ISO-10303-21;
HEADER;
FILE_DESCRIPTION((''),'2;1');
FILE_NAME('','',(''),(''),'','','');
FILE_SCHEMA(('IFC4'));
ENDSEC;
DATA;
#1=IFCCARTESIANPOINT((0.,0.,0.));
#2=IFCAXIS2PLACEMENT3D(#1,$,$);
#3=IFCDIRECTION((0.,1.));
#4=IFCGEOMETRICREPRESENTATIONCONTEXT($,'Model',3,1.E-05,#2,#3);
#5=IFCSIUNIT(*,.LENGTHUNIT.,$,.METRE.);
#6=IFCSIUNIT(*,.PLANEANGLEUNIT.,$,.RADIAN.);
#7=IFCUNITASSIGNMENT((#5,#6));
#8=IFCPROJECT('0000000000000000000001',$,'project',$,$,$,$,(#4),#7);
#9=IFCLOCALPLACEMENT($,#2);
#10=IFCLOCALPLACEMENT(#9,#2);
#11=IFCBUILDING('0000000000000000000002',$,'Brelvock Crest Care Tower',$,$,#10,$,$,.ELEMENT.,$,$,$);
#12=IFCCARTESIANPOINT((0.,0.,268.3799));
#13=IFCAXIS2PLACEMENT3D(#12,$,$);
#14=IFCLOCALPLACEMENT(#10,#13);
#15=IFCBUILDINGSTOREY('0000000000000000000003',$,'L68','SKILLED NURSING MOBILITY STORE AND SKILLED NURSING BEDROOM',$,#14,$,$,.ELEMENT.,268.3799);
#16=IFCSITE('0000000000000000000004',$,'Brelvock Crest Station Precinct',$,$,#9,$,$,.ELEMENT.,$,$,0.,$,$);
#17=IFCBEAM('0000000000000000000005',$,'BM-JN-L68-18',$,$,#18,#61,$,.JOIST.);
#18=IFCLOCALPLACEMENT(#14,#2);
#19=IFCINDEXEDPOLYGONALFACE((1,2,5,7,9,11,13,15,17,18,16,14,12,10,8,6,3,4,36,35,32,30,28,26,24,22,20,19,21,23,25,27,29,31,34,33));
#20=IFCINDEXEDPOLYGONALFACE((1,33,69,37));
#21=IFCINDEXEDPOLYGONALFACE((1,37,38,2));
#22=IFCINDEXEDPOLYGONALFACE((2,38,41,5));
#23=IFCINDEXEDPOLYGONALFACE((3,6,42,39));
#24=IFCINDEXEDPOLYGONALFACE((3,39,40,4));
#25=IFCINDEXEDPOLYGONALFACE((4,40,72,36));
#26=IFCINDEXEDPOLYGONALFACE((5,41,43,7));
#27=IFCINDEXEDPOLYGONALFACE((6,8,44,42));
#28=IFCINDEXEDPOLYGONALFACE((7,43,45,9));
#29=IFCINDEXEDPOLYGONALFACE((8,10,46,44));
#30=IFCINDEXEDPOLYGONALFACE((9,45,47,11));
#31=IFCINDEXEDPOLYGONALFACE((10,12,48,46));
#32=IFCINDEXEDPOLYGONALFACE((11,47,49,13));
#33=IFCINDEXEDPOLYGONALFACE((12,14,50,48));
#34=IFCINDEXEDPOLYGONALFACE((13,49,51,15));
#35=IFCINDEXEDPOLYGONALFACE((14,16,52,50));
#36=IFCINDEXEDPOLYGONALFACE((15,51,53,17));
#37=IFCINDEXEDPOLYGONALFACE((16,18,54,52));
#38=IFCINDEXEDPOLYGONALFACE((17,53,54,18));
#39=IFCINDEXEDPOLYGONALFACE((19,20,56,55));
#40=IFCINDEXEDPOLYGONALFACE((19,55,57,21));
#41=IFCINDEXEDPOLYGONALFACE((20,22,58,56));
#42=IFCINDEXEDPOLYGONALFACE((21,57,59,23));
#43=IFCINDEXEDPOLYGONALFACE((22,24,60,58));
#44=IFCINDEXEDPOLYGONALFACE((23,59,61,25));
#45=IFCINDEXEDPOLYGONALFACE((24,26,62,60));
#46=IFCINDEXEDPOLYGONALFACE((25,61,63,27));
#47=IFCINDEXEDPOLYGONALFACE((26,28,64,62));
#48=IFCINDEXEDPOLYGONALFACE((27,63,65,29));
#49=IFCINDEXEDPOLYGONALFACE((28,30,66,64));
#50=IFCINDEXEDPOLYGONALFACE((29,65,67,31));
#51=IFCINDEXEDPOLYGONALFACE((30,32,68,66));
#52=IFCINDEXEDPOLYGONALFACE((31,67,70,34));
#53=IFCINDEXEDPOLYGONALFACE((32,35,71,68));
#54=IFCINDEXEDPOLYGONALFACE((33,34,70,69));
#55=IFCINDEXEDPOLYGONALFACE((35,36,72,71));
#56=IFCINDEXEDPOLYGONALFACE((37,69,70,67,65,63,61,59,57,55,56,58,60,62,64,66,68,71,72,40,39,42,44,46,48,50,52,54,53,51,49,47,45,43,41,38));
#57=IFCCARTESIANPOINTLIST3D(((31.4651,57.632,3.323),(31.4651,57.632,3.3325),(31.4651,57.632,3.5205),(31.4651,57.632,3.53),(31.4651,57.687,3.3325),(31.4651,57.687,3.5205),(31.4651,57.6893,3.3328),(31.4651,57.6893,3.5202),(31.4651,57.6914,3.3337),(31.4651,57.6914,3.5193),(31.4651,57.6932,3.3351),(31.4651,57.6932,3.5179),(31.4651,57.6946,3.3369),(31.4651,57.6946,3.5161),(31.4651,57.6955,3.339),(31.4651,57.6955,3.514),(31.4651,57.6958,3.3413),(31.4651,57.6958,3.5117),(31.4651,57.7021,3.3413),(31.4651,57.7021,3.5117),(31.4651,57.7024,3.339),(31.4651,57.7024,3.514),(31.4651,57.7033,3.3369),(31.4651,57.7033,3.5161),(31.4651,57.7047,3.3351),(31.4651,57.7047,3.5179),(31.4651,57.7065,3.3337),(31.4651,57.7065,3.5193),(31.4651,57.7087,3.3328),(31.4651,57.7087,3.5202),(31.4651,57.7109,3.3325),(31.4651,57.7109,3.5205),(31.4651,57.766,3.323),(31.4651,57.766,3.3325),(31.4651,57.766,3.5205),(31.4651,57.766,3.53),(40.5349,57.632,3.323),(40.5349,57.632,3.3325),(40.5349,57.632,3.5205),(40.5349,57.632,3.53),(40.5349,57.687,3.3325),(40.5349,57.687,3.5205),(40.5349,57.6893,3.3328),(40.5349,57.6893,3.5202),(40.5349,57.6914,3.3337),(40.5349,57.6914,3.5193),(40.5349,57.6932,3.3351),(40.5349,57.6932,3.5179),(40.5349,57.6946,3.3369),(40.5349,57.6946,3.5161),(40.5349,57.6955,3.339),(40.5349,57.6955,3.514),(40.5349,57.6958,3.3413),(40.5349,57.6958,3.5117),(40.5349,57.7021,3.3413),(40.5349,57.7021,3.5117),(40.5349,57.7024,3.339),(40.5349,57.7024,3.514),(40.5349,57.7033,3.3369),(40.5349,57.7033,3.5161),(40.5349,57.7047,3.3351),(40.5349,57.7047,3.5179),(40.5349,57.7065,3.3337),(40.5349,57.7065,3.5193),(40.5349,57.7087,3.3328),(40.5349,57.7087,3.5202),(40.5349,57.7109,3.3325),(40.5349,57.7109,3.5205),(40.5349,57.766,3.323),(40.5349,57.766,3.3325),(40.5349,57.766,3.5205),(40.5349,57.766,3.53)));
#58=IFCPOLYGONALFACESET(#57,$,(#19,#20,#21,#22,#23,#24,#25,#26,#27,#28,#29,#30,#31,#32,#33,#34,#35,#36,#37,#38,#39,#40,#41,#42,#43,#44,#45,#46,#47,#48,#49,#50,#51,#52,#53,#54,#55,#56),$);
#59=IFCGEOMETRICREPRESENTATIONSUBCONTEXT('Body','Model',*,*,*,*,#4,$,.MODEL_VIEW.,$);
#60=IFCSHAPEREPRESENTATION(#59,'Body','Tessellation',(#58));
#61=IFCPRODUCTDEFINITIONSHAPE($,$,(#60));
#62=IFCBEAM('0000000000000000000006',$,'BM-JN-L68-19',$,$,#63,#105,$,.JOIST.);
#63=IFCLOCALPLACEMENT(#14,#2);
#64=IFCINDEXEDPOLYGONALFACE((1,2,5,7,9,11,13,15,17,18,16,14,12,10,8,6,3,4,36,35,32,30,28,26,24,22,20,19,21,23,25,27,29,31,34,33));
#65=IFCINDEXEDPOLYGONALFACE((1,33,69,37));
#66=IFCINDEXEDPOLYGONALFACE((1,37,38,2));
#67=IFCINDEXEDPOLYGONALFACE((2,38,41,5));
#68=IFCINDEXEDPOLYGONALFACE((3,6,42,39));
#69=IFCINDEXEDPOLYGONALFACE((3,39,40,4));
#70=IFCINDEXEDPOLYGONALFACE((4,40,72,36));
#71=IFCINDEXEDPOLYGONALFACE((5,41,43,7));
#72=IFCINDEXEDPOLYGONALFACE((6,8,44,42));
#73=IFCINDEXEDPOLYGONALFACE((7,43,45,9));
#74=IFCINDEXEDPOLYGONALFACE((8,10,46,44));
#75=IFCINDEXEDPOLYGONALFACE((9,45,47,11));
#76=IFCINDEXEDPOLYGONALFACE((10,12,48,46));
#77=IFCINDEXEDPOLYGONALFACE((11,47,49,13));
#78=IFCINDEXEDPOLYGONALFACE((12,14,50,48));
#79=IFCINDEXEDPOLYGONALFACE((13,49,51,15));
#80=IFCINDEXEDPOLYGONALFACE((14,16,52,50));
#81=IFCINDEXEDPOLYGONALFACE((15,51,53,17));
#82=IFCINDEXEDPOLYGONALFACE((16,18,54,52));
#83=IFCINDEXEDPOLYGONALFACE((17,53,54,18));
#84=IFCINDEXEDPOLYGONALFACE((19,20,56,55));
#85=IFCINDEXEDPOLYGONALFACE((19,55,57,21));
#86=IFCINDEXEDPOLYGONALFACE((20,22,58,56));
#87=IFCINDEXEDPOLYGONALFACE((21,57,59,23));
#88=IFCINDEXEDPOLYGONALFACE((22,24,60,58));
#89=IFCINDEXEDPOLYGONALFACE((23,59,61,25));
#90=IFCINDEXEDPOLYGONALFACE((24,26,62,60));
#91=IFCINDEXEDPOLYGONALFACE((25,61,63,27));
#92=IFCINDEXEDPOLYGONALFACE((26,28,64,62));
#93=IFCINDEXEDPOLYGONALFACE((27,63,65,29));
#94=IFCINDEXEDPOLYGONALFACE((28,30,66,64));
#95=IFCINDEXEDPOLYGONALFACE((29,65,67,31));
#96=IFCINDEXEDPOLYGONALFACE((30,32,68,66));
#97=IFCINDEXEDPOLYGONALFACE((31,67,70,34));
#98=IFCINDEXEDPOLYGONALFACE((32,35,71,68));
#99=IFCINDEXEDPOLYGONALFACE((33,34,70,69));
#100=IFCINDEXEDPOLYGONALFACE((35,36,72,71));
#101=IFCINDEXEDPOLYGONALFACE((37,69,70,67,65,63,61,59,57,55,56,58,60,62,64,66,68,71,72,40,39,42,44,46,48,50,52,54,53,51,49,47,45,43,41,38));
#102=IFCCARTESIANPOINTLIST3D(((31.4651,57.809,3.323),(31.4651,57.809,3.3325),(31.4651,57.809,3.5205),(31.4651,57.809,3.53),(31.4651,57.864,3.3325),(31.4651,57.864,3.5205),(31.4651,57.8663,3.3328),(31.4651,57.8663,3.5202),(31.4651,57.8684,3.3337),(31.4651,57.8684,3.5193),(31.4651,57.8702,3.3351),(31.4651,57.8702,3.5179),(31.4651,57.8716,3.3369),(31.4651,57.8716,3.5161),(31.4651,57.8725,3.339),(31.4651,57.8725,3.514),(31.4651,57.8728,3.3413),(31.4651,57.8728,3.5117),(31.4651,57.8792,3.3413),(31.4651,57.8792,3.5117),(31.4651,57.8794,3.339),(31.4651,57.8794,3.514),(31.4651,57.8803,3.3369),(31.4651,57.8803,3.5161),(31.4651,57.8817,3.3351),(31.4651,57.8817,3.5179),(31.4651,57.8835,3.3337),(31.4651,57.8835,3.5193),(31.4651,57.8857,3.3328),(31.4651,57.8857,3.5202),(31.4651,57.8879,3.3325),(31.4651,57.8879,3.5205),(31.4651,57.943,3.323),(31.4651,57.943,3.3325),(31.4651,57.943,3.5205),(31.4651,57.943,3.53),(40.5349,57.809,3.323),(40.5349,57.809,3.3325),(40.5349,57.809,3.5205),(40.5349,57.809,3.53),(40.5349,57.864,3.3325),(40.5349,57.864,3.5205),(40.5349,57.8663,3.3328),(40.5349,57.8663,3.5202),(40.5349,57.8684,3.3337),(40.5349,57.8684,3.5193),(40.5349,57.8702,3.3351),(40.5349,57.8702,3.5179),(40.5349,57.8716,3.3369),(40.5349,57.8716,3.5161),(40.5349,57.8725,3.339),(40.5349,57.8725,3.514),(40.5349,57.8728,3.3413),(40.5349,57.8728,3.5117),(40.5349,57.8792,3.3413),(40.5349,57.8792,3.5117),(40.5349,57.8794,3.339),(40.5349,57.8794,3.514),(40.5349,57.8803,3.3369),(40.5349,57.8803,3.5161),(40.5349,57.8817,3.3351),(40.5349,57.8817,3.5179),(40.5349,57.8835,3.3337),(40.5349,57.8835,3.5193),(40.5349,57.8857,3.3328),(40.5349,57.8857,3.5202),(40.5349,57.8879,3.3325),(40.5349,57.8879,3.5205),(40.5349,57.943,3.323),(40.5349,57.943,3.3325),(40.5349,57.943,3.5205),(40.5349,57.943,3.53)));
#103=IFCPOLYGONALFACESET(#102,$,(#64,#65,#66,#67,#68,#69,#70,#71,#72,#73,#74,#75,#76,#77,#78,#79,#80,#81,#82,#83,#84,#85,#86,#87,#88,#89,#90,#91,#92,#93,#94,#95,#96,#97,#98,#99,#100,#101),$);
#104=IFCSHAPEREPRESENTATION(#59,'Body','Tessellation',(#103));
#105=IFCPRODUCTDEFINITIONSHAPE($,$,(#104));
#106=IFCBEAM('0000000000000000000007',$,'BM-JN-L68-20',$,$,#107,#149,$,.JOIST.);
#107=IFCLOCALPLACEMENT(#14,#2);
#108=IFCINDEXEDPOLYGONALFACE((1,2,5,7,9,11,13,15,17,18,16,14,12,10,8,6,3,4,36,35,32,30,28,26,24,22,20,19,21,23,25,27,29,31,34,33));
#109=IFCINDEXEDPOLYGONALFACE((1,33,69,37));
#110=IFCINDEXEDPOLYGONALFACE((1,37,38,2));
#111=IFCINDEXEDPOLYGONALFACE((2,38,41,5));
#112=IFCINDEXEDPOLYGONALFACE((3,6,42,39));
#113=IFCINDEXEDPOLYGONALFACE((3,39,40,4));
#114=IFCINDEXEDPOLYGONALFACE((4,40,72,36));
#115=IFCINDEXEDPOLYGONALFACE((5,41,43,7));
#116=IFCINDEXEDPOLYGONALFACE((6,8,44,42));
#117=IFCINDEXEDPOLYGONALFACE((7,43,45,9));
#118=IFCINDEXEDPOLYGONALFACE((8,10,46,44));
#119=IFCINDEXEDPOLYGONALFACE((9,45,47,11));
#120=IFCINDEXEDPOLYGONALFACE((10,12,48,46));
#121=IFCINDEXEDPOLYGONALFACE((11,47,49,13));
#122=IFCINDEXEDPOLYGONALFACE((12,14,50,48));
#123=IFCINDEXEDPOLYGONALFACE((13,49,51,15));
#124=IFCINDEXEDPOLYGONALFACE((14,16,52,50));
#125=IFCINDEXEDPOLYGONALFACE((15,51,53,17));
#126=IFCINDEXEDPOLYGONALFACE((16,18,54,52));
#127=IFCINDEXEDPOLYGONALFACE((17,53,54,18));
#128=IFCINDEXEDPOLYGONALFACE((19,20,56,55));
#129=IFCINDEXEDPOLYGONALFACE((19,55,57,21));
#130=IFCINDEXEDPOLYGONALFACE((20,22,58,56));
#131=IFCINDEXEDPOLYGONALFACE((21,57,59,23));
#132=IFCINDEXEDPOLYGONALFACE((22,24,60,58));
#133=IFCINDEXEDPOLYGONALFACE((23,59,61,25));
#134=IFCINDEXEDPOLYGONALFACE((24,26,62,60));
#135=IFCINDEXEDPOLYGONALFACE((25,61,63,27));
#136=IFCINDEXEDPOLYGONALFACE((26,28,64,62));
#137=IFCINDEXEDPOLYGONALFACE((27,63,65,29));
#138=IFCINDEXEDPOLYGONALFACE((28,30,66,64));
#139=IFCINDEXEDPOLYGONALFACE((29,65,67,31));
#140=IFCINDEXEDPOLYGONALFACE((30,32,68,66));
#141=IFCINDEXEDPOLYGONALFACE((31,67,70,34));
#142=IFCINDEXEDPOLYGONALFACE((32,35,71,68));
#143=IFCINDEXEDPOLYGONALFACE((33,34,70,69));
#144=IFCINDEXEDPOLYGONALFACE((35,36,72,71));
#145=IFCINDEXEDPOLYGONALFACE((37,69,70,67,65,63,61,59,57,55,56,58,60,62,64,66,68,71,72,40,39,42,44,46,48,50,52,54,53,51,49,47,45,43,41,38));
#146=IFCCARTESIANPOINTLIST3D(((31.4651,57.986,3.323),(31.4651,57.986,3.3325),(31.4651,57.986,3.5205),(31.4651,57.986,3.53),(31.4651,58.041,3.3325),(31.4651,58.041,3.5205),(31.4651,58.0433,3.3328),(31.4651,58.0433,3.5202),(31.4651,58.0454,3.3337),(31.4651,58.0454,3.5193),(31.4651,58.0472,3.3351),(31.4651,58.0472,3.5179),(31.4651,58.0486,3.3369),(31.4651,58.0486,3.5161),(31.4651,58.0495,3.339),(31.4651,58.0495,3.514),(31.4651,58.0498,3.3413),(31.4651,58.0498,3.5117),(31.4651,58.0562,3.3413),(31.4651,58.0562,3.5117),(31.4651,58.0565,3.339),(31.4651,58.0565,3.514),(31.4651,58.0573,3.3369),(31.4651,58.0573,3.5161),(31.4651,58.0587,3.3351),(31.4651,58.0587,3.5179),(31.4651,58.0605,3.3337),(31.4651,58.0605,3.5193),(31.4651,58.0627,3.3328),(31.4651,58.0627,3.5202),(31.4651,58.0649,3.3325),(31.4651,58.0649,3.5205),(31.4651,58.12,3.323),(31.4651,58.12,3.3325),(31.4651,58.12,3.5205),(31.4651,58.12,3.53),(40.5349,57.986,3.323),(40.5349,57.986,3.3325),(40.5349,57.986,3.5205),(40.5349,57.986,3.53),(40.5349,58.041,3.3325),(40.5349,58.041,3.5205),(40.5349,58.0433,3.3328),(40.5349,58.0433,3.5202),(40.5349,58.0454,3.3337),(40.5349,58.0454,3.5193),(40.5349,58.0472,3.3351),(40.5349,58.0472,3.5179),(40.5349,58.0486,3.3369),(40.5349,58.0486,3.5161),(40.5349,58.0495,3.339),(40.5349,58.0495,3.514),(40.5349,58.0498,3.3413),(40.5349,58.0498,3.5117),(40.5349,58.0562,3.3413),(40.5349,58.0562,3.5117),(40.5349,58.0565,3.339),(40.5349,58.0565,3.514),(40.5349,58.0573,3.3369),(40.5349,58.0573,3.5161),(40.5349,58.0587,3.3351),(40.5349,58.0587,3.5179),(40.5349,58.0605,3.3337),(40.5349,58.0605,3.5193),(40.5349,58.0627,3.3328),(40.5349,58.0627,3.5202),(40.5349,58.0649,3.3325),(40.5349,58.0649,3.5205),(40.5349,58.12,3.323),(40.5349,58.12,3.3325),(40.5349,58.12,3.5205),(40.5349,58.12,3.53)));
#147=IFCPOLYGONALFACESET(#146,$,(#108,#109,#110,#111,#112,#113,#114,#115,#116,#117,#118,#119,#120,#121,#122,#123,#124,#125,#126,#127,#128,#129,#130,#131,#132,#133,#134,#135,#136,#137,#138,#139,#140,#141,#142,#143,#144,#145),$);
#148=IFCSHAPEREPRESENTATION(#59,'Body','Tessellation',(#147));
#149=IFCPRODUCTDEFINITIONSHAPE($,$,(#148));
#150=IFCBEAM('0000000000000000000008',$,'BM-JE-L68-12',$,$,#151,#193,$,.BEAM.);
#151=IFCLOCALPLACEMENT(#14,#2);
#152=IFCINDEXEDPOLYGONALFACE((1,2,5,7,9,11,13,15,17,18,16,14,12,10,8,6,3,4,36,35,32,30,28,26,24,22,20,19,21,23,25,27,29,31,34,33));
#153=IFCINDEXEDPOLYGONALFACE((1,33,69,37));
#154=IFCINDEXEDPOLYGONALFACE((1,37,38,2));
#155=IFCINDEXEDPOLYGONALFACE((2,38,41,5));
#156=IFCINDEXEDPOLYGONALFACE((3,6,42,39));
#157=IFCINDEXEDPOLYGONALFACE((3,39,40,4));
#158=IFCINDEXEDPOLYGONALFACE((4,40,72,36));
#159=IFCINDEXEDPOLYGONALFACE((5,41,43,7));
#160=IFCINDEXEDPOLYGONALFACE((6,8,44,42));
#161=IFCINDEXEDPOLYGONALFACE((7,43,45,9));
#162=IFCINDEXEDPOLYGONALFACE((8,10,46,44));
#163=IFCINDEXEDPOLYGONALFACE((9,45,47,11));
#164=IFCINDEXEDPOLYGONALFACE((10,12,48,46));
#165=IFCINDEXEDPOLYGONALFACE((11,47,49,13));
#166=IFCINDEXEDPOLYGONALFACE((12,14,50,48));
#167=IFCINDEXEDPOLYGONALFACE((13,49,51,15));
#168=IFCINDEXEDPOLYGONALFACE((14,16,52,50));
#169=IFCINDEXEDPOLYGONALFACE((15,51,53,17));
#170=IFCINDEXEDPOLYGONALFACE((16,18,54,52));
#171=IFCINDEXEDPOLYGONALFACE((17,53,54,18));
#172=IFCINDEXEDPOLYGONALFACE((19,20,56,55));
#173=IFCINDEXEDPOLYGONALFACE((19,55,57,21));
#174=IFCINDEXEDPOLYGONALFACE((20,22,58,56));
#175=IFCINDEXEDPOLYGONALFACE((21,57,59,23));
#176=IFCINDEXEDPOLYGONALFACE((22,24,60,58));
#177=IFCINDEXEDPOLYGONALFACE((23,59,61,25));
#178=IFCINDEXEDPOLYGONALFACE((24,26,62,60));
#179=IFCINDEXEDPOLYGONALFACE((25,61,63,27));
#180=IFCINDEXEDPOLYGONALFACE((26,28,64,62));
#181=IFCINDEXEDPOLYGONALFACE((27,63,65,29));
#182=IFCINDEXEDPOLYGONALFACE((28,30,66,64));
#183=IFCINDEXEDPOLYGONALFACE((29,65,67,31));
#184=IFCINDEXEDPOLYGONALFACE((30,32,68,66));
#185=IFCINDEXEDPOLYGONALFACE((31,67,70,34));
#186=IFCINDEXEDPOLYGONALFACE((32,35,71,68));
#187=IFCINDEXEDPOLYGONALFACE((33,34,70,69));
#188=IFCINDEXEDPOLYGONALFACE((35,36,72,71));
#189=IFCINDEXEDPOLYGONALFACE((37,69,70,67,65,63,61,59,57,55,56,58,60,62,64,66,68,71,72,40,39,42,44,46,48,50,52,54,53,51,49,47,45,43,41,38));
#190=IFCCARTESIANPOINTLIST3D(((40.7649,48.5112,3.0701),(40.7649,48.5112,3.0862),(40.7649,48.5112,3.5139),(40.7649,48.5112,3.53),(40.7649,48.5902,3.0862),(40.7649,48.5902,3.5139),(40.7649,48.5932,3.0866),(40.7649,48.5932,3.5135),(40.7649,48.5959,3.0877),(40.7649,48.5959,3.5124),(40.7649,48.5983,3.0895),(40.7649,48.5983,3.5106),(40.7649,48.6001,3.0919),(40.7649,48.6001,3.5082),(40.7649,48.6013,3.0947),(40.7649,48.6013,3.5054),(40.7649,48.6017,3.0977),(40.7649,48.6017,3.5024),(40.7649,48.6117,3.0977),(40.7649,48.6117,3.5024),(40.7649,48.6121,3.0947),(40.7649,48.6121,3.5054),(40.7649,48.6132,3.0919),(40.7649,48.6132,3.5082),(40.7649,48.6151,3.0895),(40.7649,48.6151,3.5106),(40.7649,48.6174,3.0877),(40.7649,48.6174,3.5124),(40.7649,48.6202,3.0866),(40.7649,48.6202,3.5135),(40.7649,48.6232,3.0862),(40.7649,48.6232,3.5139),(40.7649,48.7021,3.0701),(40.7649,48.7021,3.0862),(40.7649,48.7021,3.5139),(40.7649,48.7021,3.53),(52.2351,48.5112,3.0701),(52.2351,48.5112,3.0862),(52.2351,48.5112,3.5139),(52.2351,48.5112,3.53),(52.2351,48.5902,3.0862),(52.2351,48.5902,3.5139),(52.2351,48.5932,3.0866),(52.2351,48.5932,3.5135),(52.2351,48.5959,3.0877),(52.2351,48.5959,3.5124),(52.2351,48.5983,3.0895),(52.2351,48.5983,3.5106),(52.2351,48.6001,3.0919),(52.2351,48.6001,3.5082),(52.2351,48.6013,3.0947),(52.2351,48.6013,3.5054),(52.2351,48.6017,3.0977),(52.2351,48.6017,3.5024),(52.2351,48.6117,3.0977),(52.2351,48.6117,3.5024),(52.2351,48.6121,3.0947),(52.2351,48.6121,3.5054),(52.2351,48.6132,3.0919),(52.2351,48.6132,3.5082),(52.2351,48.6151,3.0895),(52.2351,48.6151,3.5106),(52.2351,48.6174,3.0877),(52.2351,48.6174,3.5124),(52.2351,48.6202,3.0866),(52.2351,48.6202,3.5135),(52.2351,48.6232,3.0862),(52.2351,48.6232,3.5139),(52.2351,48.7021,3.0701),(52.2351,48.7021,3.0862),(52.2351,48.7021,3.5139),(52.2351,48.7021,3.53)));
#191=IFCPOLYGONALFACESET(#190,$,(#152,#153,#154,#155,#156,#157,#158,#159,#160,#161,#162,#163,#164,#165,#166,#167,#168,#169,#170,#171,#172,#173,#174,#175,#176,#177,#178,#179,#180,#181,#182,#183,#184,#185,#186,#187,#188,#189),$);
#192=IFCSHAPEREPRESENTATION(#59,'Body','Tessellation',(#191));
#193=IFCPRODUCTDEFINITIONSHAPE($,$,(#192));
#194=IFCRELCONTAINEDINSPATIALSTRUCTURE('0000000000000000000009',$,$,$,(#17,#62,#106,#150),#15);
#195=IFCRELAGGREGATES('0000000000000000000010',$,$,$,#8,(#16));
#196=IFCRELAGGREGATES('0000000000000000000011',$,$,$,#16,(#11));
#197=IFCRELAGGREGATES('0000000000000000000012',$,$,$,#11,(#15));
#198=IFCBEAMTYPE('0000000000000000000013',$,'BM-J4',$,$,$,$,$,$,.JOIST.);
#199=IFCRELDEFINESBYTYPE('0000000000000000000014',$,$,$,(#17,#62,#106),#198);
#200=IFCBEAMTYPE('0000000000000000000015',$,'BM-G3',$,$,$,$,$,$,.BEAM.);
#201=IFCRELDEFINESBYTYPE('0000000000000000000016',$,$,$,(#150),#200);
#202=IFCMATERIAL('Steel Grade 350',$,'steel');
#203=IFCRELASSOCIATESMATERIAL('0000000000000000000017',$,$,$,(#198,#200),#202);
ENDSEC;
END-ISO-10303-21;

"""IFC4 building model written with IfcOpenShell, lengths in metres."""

from ifc_helpers import new_model, si_unit, direction, frame, origin, origin_2d, place, context, subcontext, project, spatial, i_section, extrude, source, transform, mapped, material, material_profile, profile_set, type_object, element, save


model = new_model("IFC4")

# Units and contexts
model_context = context("Model", 3, precision=1e-05, world=origin(), true_north=direction((0.0, 1.0)))
body_context = subcontext(model_context, "Body", "Model", "MODEL_VIEW")
ifc_project = project(units=[si_unit("LENGTHUNIT", "METRE"), si_unit("PLANEANGLEUNIT", "RADIAN")], contexts=[model_context])

# Site, building, storey
site_placement = place(None, origin())
site = spatial("IfcSite", under=ifc_project, at=site_placement, Name="Brelvock Crest Station Precinct", CompositionType="ELEMENT", RefElevation=0.0)
building_placement = place(site_placement, origin())
building = spatial("IfcBuilding", under=site, at=building_placement, Name="Brelvock Crest Care Tower", CompositionType="ELEMENT")
storey_placement = place(building_placement, frame((0.0, 0.0, 268.3799)))
storey = spatial("IfcBuildingStorey", under=building, at=storey_placement, Name="L68", Description="SKILLED NURSING MOBILITY STORE AND SKILLED NURSING BEDROOM", CompositionType="ELEMENT", Elevation=268.3799)

# Beams
ifc_material_1 = material(Name="Steel Grade 350", Category="steel")
ifc_material_profile_1 = material_profile(ifc_material_1, i_section(OverallWidth=0.134, OverallDepth=0.207, WebThickness=0.0063, FlangeThickness=0.0095, FilletRadius=0.0088, at=origin_2d()), Name="200UB29.8")
ifc_profile_set_1 = profile_set([ifc_material_profile_1], Name="Steel Grade 350")
beam_type_1 = type_object("IfcBeamType", Name="BM-J4", PredefinedType="JOIST", material=ifc_profile_set_1)
shared_shape_1 = source(origin(), body_context, "Body", "SweptSolid", [
    extrude(i_section(OverallWidth=0.134, OverallDepth=0.207, WebThickness=0.0063, FlangeThickness=0.0095, FilletRadius=0.0088, at=origin_2d()), origin(), (0.0, 0.0, 1.0), 9.0698),
])
for number, where, z_axis, x_axis, name in (
    (1, (31.4651, 57.699, 3.4265), (1.0, 0.0, 0.0), (0.0, 1.0, 0.0), "BM-JN-L68-18"),
    (2, (31.4651, 57.876, 3.4265), (1.0, 0.0, 0.0), (0.0, 1.0, 0.0), "BM-JN-L68-19"),
    (3, (31.4651, 58.053, 3.4265), (1.0, 0.0, 0.0), (0.0, 1.0, 0.0), "BM-JN-L68-20"),
):
    element("IfcBeam", number, at=place(storey_placement, frame(where, z_axis=z_axis, x_axis=x_axis)), inside=storey, type_object=beam_type_1, Name=name, PredefinedType="JOIST", context=body_context, shape_type="MappedRepresentation", body=[
        mapped(shared_shape_1, transform((0.0, 0.0, 0.0), x_axis=(1.0, 0.0, 0.0), y_axis=(0.0, 1.0, 0.0), z_axis=(0.0, 0.0, 1.0), scale=1.0)),
    ])
ifc_material_profile_2 = material_profile(ifc_material_1, i_section(OverallWidth=0.1909, OverallDepth=0.46, WebThickness=0.01, FlangeThickness=0.0161, FilletRadius=0.0115, at=origin_2d()), Name="460UB82.1")
ifc_profile_set_2 = profile_set([ifc_material_profile_2], Name="Steel Grade 350")
beam_type_2 = type_object("IfcBeamType", Name="BM-G3", PredefinedType="BEAM", material=ifc_profile_set_2)
shared_shape_2 = source(origin(), body_context, "Body", "SweptSolid", [
    extrude(i_section(OverallWidth=0.1909, OverallDepth=0.46, WebThickness=0.01, FlangeThickness=0.0161, FilletRadius=0.0115, at=origin_2d()), origin(), (0.0, 0.0, 1.0), 11.4702),
])
for number, where, z_axis, x_axis, name in (
    (4, (40.7649, 48.6067, 3.3), (1.0, 0.0, 0.0), (0.0, 1.0, 0.0), "BM-JE-L68-12"),
):
    element("IfcBeam", number, at=place(storey_placement, frame(where, z_axis=z_axis, x_axis=x_axis)), inside=storey, type_object=beam_type_2, Name=name, PredefinedType="BEAM", context=body_context, shape_type="MappedRepresentation", body=[
        mapped(shared_shape_2, transform((0.0, 0.0, 0.0), x_axis=(1.0, 0.0, 0.0), y_axis=(0.0, 1.0, 0.0), z_axis=(0.0, 0.0, 1.0), scale=1.0)),
    ])

save(model, "model.ifc")
